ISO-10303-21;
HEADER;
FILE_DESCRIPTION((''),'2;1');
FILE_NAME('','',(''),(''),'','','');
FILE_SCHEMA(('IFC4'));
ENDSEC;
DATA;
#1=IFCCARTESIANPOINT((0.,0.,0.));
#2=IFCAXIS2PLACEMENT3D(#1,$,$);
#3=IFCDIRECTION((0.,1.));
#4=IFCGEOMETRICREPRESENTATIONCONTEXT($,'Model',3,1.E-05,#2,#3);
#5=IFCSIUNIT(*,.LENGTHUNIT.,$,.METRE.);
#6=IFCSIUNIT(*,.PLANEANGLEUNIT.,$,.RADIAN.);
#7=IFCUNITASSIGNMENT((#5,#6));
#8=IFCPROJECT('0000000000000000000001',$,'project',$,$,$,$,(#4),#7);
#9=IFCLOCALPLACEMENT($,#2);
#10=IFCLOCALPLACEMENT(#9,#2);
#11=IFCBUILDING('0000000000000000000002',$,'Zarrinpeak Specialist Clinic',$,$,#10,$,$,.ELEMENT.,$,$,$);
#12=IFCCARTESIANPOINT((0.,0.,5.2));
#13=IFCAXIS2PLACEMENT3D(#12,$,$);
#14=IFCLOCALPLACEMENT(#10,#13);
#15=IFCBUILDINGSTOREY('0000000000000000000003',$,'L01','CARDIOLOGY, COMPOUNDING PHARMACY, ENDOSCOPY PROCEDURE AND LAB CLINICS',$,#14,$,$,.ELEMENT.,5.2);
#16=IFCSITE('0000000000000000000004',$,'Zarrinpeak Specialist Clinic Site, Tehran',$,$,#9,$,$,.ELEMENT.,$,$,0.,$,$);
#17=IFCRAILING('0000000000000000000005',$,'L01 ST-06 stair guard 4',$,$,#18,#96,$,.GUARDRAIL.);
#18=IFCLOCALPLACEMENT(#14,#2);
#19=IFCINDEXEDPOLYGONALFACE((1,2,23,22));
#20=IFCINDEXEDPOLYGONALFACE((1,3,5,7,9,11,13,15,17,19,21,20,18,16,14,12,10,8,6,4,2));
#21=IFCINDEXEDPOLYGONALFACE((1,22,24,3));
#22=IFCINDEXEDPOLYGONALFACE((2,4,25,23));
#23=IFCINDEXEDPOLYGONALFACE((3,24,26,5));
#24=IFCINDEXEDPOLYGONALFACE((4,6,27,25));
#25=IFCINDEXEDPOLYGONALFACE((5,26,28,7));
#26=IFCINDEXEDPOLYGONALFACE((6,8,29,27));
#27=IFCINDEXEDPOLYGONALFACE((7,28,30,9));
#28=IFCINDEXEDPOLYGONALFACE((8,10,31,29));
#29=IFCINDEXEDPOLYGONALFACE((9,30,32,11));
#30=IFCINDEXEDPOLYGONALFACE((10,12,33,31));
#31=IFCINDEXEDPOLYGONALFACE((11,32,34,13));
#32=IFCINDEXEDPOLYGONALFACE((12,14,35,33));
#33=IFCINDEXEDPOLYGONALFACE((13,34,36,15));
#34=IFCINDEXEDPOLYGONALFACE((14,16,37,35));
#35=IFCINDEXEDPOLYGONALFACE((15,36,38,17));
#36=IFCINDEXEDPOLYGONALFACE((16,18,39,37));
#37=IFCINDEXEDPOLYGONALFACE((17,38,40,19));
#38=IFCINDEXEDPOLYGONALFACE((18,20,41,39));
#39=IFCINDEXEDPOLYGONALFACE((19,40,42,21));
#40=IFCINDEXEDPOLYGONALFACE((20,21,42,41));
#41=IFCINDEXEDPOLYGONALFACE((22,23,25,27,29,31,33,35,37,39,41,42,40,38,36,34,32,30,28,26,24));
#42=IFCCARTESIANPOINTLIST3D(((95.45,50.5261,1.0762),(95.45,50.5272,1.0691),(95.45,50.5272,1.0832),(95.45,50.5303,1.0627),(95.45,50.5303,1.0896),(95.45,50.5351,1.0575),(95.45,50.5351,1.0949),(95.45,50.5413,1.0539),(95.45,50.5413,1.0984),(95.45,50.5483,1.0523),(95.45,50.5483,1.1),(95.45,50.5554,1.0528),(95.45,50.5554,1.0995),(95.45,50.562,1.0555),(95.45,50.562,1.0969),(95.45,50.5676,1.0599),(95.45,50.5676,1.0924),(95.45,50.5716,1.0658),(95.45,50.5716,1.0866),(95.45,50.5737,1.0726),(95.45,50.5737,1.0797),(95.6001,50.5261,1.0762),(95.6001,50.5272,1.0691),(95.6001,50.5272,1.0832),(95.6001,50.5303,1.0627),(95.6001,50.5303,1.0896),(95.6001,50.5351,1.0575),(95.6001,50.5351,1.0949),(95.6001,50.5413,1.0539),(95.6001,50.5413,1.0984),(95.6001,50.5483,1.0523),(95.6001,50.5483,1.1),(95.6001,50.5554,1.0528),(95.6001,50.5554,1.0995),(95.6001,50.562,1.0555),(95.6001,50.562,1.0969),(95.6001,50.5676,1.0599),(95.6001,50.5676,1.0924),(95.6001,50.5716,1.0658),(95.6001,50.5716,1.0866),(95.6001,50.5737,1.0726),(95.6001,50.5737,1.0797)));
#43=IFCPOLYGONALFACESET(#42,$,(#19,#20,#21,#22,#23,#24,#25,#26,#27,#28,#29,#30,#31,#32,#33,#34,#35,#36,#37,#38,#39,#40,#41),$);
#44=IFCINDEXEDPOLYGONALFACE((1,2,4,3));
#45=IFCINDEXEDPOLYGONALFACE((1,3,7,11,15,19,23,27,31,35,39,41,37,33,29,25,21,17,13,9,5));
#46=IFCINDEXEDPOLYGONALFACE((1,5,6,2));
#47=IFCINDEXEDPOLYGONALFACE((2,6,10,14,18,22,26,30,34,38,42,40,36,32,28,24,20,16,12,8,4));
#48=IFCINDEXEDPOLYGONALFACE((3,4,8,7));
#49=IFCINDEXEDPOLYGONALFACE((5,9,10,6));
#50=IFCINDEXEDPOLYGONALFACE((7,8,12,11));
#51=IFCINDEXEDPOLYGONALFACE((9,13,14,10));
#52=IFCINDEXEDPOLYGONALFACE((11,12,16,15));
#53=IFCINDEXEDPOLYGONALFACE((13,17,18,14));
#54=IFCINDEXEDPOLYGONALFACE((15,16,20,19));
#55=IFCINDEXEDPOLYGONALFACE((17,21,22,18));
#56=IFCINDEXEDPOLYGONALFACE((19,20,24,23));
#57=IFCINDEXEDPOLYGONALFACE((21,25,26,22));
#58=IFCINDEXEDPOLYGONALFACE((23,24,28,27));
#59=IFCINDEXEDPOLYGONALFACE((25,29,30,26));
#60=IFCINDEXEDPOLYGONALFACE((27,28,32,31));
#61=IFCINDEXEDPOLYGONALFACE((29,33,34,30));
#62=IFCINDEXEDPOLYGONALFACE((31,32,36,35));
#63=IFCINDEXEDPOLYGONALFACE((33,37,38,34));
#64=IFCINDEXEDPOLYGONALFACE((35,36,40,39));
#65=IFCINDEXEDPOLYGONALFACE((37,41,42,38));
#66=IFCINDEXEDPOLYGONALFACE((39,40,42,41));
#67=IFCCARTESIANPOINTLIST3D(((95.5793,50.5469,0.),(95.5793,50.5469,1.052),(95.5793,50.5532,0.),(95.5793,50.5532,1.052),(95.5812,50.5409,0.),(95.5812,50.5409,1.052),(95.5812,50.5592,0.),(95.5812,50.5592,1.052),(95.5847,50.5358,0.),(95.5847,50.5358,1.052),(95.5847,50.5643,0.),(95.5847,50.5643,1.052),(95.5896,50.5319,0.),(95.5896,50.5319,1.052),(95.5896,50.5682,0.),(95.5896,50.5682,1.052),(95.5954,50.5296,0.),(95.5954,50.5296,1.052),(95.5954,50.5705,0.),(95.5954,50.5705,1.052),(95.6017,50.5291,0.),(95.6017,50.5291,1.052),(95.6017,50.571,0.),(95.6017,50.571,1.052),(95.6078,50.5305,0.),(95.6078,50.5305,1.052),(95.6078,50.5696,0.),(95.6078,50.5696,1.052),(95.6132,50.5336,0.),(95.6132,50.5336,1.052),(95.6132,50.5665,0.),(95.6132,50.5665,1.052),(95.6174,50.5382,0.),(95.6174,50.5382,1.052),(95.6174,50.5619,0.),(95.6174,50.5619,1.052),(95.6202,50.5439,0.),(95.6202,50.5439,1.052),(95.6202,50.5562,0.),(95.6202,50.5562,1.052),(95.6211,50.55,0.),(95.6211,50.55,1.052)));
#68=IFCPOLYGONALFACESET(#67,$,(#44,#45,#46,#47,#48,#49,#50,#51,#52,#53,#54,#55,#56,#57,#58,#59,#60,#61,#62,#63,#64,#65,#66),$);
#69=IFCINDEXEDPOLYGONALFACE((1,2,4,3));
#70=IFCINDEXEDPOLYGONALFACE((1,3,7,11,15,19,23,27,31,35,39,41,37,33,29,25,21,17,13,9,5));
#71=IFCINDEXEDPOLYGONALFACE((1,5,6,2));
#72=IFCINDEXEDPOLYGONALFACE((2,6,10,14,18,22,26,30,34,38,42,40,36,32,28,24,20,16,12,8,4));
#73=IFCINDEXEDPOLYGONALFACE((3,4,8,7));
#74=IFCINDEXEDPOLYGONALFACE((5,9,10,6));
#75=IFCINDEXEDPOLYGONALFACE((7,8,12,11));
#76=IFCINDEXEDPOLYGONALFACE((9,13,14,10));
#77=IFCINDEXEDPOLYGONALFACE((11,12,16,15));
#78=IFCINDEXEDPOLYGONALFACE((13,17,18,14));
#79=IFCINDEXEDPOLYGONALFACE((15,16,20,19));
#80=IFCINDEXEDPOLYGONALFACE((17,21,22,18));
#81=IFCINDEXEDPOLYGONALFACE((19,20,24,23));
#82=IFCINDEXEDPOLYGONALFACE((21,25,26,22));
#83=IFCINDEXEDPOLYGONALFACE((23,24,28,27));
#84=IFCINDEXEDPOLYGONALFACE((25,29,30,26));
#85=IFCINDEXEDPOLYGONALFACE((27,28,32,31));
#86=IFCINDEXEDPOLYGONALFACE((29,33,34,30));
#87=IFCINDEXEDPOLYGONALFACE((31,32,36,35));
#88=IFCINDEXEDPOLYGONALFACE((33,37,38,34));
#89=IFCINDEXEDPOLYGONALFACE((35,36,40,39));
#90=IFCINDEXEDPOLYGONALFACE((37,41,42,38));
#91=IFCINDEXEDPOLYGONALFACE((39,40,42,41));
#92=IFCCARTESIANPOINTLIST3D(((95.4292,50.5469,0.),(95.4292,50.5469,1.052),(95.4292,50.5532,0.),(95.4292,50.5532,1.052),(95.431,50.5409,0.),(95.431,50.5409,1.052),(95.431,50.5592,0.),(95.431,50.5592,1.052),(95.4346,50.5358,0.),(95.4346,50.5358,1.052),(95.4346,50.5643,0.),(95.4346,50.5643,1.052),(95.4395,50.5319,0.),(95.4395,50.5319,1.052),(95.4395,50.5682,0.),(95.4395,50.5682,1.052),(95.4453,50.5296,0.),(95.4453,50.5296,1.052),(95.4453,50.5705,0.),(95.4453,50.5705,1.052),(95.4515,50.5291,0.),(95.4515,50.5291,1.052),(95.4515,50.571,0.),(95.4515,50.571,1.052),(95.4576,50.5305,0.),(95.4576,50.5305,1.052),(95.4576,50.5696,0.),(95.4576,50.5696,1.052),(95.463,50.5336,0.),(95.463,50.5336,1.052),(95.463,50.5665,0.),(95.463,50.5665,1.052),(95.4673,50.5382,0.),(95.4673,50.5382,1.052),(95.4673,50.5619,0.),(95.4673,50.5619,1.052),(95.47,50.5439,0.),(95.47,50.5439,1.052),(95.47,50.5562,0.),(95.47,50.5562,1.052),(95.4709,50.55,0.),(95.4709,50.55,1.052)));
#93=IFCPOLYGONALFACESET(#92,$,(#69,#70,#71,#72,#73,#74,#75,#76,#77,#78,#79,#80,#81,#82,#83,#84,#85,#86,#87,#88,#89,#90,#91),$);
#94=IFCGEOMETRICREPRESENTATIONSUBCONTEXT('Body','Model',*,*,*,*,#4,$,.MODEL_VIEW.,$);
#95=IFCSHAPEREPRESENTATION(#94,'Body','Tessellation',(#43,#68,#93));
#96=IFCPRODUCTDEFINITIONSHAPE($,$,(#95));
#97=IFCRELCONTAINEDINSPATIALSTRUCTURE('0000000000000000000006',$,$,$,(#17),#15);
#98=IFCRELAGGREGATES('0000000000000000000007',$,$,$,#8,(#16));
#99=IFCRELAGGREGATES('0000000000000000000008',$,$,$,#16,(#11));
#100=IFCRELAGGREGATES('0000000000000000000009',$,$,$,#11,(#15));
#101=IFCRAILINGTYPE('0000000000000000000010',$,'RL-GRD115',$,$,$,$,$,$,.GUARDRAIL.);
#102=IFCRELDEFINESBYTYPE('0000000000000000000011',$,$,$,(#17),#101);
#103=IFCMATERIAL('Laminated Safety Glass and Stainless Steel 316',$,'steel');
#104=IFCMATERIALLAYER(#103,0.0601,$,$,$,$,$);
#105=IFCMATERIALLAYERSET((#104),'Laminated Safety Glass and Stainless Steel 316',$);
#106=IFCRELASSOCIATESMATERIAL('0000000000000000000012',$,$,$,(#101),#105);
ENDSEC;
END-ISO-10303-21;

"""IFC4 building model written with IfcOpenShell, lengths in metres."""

from ifc_helpers import new_model, si_unit, direction, frame, origin, origin_2d, place, context, subcontext, project, spatial, circle, extrude, material, layer, layer_set, type_object, element, save


model = new_model("IFC4")

# Units and contexts
model_context = context("Model", 3, precision=1e-05, world=origin(), true_north=direction((0.0, 1.0)))
body_context = subcontext(model_context, "Body", "Model", "MODEL_VIEW")
ifc_project = project(units=[si_unit("LENGTHUNIT", "METRE"), si_unit("PLANEANGLEUNIT", "RADIAN")], contexts=[model_context])

# Site, building, storey
site_placement = place(None, origin())
site = spatial("IfcSite", under=ifc_project, at=site_placement, Name="Zarrinpeak Specialist Clinic Site, Tehran", CompositionType="ELEMENT", RefElevation=0.0)
building_placement = place(site_placement, origin())
building = spatial("IfcBuilding", under=site, at=building_placement, Name="Zarrinpeak Specialist Clinic", CompositionType="ELEMENT")
storey_placement = place(building_placement, frame((0.0, 0.0, 5.2)))
storey = spatial("IfcBuildingStorey", under=building, at=storey_placement, Name="L01", Description="CARDIOLOGY, COMPOUNDING PHARMACY, ENDOSCOPY PROCEDURE AND LAB CLINICS", CompositionType="ELEMENT", Elevation=5.2)

# Railing
ifc_material_1 = material(Name="Laminated Safety Glass and Stainless Steel 316", Category="steel")
ifc_layer_1 = layer(ifc_material_1, 0.0601)
ifc_layer_set_1 = layer_set([ifc_layer_1], Name="Laminated Safety Glass and Stainless Steel 316")
railing_type_1 = type_object("IfcRailingType", Name="RL-GRD115", PredefinedType="GUARDRAIL", material=ifc_layer_set_1)
railing_1_placement = place(storey_placement, frame((95.6001, 50.55, 0.0)))
element("IfcRailing", 1, at=railing_1_placement, inside=storey, type_object=railing_type_1, Name="L01 ST-06 stair guard 4", PredefinedType="GUARDRAIL", context=body_context, shape_type="SweptSolid", body=[
    extrude(circle(Radius=0.0239, at=origin_2d()), frame((0.0, 0.0, 1.0762), z_axis=(-1.0, 0.0, 0.0), x_axis=(0.0, -1.0, 0.0)), (0.0, 0.0, 1.0), 0.1501),
    extrude(circle(Radius=0.021, at=origin_2d()), origin(), (0.0, 0.0, 1.0), 1.052),
    extrude(circle(Radius=0.021, at=origin_2d()), frame((-0.1501, 0.0, 0.0)), (0.0, 0.0, 1.0), 1.052),
])

save(model, "model.ifc")
